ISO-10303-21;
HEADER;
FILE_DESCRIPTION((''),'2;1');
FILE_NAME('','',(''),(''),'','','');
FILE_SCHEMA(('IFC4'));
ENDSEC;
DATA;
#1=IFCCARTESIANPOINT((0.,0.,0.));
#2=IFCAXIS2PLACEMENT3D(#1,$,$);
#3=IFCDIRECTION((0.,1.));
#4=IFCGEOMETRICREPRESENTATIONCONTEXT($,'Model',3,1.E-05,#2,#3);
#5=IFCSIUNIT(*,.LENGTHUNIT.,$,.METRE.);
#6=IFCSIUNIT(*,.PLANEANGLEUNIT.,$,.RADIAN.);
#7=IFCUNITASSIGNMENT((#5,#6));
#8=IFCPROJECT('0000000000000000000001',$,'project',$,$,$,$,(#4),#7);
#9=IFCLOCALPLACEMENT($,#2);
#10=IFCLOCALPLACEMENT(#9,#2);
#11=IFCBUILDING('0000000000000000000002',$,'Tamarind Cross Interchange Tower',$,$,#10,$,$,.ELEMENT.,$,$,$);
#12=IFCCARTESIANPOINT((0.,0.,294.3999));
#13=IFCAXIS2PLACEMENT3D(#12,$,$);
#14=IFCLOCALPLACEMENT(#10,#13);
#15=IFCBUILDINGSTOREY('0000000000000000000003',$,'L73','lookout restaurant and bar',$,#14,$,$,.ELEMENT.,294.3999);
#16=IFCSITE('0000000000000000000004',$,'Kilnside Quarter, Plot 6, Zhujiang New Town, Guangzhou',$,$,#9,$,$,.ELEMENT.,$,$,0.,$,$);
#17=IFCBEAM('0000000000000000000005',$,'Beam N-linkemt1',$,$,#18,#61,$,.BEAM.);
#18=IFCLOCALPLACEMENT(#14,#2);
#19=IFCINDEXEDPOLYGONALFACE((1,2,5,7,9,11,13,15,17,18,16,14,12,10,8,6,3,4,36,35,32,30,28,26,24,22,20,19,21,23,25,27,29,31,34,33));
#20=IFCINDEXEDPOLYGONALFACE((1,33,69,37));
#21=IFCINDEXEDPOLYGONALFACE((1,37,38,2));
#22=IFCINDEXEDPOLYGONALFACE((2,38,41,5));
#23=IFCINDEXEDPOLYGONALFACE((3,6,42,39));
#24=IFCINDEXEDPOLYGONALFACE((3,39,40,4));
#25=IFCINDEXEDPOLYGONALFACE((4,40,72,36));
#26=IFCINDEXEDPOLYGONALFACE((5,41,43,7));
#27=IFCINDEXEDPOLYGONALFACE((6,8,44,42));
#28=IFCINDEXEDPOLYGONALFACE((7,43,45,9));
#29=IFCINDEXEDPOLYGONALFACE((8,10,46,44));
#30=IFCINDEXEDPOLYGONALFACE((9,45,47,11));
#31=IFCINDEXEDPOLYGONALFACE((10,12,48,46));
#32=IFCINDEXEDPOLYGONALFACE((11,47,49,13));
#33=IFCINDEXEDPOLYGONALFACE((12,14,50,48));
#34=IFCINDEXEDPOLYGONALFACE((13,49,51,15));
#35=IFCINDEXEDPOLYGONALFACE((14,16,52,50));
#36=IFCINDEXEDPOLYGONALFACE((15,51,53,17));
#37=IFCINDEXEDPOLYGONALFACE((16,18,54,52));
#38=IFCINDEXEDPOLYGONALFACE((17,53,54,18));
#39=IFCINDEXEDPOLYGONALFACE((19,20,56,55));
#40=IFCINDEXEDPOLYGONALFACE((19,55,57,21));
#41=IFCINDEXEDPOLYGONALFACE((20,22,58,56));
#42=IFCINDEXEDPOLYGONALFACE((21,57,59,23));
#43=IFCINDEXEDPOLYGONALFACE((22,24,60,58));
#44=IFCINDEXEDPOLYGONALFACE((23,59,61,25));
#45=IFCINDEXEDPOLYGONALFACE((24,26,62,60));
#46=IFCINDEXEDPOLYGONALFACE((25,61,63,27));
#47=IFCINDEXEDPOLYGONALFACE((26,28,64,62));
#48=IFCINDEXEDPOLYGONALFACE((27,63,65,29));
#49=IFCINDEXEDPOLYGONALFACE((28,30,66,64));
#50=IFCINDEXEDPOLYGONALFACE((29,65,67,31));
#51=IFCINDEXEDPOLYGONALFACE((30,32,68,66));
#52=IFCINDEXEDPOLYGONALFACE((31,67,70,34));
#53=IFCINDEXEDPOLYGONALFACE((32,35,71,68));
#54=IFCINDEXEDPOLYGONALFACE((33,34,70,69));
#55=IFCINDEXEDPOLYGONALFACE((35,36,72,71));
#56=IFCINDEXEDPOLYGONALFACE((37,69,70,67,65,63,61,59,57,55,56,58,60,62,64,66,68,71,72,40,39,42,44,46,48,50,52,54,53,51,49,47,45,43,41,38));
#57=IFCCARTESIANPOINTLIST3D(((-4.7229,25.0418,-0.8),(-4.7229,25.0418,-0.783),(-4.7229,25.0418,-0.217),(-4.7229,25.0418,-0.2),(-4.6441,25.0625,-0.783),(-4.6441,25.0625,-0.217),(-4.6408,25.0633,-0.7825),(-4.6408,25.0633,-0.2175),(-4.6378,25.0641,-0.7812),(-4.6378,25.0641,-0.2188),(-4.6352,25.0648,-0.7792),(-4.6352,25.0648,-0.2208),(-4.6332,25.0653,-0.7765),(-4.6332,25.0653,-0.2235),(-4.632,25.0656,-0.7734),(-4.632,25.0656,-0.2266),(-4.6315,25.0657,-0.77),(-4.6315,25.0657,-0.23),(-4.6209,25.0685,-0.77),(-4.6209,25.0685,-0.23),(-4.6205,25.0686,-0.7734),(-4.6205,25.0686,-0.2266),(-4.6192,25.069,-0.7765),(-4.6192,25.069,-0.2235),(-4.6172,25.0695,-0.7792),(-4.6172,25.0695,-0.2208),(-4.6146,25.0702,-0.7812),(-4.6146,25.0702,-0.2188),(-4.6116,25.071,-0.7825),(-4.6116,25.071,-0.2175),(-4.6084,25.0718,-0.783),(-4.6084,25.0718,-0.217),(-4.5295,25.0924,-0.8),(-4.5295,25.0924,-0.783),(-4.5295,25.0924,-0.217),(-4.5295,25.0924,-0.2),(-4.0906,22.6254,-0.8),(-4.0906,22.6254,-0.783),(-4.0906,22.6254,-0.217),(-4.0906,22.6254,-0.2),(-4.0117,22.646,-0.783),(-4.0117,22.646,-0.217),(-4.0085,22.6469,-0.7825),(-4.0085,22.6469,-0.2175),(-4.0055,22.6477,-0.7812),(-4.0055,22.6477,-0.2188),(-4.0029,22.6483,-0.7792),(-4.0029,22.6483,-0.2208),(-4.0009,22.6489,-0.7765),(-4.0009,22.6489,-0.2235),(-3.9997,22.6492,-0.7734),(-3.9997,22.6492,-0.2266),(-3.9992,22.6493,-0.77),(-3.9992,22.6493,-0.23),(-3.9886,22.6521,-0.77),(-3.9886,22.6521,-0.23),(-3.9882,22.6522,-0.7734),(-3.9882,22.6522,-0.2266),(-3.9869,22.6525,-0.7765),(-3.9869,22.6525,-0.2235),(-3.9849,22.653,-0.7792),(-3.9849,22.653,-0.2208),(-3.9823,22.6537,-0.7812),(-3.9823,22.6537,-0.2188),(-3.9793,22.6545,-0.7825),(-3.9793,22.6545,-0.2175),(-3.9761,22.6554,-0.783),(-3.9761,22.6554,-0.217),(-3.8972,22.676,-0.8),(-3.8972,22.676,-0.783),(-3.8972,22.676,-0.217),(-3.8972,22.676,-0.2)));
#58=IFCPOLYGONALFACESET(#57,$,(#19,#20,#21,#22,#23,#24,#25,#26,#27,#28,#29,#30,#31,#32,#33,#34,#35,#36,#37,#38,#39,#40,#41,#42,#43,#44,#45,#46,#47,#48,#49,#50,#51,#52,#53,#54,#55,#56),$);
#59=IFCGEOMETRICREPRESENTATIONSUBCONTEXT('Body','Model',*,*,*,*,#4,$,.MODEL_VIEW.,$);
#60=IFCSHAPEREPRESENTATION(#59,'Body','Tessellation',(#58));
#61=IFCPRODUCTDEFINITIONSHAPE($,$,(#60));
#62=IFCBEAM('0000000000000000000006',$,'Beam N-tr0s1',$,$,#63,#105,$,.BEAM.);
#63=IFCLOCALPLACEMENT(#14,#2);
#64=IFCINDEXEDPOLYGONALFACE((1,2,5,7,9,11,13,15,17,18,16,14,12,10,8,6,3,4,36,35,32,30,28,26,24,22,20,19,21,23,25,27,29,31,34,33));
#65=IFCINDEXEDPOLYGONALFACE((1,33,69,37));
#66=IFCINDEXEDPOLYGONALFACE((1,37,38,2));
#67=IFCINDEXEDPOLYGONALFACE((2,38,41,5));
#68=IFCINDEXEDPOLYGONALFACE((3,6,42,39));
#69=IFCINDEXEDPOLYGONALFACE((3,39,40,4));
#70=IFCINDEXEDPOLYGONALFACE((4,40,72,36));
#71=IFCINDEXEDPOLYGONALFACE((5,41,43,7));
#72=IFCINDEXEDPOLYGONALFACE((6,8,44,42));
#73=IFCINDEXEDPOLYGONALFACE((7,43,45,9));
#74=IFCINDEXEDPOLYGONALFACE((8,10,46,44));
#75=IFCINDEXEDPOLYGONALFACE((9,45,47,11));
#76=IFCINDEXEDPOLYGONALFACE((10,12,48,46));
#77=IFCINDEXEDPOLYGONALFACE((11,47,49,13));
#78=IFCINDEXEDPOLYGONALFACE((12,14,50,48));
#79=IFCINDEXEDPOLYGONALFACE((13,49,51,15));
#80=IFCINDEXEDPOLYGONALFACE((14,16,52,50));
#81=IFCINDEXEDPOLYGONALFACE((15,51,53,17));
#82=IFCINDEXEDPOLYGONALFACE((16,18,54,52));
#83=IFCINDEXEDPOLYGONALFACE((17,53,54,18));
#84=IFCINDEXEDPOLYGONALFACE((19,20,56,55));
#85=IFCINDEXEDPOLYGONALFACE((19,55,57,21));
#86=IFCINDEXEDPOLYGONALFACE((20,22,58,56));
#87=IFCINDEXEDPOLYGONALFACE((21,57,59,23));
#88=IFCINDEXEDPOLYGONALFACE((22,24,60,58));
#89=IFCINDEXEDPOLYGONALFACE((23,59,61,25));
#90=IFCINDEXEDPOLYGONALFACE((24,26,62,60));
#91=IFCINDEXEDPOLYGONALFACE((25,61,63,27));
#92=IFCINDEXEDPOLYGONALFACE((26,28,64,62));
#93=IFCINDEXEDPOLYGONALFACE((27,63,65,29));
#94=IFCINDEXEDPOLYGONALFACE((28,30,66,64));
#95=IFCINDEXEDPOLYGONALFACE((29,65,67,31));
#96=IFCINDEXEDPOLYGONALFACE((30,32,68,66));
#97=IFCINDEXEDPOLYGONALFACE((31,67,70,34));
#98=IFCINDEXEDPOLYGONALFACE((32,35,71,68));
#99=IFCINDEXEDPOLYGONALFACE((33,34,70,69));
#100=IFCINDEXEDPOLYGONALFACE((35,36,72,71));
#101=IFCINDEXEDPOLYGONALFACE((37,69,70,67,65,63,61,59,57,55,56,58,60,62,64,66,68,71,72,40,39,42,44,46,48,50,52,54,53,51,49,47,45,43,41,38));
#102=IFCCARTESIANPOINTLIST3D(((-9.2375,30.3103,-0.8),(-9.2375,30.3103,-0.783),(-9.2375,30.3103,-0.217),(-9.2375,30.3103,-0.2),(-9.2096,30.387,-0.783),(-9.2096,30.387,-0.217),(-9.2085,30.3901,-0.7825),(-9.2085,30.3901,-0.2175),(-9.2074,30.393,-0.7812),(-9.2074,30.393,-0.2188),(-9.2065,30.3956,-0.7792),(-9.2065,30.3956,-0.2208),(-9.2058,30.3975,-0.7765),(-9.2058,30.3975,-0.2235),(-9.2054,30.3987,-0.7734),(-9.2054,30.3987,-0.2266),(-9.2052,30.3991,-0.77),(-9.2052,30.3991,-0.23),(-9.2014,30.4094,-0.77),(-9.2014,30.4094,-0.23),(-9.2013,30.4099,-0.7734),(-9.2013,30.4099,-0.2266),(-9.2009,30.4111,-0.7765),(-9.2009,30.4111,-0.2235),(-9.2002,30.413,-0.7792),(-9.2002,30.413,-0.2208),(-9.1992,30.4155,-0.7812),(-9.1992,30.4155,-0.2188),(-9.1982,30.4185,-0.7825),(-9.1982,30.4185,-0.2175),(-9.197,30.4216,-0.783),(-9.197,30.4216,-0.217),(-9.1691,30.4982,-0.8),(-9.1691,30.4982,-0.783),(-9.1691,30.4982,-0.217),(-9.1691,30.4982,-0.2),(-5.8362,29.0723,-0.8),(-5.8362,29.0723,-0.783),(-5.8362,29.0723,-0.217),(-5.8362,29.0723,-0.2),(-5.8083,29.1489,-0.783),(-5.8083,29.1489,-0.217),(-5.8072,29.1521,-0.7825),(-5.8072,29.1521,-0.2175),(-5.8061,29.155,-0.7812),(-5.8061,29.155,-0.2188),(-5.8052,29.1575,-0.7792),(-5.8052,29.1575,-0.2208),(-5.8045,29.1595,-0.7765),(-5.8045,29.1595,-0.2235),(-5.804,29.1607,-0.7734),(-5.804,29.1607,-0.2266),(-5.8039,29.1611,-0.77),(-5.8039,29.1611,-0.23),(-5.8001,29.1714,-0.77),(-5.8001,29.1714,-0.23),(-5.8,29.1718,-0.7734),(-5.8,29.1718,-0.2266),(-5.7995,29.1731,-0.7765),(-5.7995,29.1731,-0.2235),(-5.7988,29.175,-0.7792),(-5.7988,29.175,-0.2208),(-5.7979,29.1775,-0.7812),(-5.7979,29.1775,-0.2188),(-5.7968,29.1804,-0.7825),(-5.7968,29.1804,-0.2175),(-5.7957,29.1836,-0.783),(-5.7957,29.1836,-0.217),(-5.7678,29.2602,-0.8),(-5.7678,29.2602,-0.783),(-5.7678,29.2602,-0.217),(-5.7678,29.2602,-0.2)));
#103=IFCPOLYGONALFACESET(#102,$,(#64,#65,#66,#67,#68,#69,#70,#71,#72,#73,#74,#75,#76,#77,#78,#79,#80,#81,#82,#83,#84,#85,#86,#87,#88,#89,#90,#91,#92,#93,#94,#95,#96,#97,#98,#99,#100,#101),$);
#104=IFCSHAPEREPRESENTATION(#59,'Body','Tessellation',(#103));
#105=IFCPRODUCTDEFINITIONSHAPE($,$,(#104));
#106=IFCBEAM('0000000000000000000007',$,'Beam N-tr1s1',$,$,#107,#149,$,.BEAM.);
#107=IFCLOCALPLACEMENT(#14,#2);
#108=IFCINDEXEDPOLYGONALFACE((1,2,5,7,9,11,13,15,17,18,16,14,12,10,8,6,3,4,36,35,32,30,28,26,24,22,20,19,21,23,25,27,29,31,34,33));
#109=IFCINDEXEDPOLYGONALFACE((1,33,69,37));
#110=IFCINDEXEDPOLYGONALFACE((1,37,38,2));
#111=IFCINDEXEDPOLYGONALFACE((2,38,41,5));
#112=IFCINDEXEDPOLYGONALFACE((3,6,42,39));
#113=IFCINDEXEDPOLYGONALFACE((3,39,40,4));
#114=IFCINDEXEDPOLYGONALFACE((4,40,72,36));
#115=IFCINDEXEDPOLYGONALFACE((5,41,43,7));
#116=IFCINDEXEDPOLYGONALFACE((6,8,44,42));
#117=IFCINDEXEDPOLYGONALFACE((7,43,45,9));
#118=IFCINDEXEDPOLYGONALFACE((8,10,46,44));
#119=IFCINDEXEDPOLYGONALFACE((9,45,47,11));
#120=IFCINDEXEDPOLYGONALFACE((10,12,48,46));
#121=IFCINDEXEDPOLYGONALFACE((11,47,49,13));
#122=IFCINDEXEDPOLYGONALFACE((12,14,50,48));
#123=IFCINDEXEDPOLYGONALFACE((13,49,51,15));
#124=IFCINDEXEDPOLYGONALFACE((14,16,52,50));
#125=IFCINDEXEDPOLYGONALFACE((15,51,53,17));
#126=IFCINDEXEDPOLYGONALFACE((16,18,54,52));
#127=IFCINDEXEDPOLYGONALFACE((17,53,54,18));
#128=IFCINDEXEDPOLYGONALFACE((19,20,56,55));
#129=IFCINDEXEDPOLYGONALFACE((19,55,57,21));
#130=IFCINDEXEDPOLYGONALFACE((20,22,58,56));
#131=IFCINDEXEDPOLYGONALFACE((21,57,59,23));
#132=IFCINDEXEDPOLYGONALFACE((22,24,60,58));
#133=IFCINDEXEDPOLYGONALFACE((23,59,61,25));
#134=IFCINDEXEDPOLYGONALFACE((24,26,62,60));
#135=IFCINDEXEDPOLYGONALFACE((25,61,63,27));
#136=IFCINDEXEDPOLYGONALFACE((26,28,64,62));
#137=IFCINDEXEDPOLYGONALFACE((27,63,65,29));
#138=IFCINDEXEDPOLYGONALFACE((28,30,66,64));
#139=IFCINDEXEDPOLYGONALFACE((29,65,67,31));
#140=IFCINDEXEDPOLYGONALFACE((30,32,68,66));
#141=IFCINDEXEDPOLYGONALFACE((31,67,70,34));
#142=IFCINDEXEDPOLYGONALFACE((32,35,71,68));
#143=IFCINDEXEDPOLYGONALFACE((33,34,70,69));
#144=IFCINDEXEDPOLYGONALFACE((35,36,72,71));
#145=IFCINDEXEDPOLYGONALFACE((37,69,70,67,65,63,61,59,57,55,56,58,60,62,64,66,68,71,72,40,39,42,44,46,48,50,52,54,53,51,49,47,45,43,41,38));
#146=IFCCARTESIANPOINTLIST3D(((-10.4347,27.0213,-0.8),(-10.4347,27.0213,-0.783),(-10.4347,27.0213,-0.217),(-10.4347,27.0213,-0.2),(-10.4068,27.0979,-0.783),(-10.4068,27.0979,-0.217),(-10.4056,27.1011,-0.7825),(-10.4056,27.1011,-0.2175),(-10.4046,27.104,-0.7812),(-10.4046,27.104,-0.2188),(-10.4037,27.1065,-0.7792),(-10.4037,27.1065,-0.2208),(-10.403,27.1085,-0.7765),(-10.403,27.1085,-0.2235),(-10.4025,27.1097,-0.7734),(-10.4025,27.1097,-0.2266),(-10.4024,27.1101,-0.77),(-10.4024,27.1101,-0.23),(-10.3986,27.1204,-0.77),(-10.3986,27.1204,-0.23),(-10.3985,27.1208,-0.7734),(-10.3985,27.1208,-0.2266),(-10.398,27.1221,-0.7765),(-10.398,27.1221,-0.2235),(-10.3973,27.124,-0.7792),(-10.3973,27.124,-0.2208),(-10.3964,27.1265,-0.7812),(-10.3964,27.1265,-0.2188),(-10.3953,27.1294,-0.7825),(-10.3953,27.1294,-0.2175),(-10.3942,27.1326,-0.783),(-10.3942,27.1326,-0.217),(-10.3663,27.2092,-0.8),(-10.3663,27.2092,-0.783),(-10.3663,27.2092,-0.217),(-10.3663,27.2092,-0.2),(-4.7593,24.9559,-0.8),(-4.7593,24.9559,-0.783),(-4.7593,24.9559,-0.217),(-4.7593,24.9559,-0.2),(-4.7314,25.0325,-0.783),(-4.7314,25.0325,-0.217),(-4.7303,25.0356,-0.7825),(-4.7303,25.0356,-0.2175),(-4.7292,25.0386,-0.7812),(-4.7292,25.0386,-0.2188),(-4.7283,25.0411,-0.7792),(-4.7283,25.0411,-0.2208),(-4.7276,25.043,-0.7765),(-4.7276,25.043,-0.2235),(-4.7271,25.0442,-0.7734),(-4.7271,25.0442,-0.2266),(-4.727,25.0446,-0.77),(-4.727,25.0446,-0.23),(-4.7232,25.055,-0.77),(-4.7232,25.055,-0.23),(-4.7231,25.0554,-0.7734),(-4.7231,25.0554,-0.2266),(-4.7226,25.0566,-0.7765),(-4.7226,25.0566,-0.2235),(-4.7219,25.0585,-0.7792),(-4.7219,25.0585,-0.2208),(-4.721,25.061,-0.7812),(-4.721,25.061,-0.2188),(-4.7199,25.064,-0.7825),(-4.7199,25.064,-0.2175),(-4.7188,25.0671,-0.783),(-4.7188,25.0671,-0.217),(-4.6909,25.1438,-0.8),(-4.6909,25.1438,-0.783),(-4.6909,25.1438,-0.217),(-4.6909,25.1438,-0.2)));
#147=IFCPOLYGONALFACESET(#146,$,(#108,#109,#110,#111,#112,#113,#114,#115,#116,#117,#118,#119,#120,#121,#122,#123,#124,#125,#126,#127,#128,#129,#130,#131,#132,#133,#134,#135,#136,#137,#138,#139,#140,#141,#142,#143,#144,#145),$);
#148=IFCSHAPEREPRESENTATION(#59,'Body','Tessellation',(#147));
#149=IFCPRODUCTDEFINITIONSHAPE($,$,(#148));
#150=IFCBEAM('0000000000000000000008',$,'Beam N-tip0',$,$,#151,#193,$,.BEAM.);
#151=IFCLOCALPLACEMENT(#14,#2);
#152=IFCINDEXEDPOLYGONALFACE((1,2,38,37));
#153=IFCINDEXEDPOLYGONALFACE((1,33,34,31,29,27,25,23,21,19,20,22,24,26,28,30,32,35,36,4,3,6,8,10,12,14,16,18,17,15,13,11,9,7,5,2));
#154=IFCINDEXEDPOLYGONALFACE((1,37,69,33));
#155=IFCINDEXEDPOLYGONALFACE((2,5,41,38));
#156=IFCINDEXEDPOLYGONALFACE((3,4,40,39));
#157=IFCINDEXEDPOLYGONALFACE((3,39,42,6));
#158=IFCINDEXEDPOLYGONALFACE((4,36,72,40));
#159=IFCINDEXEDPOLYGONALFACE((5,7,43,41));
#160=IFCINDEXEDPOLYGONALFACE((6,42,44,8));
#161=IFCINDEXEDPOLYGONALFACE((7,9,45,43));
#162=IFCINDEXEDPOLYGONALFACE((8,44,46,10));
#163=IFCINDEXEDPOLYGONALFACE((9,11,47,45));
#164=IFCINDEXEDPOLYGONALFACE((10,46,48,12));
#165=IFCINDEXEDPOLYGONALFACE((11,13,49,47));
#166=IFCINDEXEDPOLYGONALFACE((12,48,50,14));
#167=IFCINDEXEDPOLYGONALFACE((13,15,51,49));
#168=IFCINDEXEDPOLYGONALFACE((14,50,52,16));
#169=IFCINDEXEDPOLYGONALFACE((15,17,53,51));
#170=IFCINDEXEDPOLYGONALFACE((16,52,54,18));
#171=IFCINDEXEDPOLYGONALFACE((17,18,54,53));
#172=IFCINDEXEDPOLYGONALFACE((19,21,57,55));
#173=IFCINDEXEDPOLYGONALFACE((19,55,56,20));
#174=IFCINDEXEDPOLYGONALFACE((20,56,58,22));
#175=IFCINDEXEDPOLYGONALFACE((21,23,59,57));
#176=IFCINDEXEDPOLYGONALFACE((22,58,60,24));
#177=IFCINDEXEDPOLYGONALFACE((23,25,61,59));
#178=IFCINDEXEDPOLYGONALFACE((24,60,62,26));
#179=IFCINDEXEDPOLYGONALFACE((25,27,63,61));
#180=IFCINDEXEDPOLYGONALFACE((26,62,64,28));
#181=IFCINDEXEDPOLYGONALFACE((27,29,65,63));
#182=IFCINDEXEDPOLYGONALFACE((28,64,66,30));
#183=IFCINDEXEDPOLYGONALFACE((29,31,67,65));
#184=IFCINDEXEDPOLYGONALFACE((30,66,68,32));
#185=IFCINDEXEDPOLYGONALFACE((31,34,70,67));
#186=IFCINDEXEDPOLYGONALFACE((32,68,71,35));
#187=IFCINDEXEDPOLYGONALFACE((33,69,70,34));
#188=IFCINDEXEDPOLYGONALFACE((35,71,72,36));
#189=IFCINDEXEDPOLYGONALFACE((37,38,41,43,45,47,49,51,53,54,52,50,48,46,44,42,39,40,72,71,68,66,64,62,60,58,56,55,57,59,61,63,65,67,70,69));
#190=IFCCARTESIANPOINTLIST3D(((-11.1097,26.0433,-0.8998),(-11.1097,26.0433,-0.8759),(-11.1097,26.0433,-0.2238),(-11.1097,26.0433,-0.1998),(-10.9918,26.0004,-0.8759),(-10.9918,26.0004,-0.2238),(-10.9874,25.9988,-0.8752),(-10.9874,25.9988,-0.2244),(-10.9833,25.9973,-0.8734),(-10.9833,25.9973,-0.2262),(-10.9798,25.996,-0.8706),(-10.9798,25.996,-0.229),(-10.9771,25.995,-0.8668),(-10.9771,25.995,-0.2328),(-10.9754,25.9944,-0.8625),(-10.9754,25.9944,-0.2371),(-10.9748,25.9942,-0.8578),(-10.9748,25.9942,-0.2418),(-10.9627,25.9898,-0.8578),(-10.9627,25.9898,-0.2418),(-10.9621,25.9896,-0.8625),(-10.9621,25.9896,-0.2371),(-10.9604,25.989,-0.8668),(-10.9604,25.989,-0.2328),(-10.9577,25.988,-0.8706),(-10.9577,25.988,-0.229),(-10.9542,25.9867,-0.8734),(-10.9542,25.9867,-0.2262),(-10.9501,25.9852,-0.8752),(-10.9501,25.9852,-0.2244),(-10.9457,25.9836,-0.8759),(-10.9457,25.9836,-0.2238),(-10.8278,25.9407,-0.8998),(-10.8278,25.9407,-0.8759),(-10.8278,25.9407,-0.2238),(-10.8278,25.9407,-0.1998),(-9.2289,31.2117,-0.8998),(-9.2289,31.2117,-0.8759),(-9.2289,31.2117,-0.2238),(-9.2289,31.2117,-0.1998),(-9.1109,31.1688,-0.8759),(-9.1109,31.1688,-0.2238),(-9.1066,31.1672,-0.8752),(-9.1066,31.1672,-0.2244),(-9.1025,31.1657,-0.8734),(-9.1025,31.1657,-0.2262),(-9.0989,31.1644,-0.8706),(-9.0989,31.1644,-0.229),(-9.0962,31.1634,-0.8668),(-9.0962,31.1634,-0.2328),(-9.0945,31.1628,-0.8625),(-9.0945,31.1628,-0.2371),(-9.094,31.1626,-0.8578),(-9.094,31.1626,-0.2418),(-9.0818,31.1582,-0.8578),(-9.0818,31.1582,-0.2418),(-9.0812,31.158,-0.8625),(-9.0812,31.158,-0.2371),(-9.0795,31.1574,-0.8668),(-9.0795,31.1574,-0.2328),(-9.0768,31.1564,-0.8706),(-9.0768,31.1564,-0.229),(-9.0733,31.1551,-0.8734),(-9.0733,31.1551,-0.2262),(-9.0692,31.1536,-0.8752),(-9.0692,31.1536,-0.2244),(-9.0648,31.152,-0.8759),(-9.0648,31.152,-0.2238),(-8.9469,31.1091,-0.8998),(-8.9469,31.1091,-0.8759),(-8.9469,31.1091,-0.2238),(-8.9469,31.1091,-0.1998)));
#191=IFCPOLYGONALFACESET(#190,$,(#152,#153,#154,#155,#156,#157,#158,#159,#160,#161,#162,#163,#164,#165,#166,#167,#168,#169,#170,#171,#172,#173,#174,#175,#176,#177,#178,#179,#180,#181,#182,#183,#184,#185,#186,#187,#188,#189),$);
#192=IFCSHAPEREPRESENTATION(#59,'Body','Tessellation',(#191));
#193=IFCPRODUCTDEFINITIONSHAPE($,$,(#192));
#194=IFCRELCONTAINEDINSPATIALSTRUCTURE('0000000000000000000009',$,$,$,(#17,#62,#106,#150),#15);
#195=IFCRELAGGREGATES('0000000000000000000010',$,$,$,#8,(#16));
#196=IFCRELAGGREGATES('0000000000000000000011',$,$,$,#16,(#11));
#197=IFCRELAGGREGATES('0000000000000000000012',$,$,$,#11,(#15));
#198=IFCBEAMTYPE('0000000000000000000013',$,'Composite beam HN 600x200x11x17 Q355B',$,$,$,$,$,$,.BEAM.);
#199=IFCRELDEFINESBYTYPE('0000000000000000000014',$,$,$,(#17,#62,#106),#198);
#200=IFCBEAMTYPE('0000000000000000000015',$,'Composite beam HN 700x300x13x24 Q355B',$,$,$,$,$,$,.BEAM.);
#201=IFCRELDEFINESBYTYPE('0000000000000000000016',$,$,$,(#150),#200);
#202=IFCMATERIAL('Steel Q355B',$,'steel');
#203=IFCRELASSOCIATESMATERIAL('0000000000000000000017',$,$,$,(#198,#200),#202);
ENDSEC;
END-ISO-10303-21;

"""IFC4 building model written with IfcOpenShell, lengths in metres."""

from ifc_helpers import new_model, si_unit, direction, frame, origin, origin_2d, place, context, subcontext, project, spatial, i_section, extrude, material, material_profile, profile_set, type_object, element, save


model = new_model("IFC4")

# Units and contexts
model_context = context("Model", 3, precision=1e-05, world=origin(), true_north=direction((0.0, 1.0)))
body_context = subcontext(model_context, "Body", "Model", "MODEL_VIEW")
ifc_project = project(units=[si_unit("LENGTHUNIT", "METRE"), si_unit("PLANEANGLEUNIT", "RADIAN")], contexts=[model_context])

# Site, building, storey
site_placement = place(None, origin())
site = spatial("IfcSite", under=ifc_project, at=site_placement, Name="Kilnside Quarter, Plot 6, Zhujiang New Town, Guangzhou", CompositionType="ELEMENT", RefElevation=0.0)
building_placement = place(site_placement, origin())
building = spatial("IfcBuilding", under=site, at=building_placement, Name="Tamarind Cross Interchange Tower", CompositionType="ELEMENT")
storey_placement = place(building_placement, frame((0.0, 0.0, 294.3999)))
storey = spatial("IfcBuildingStorey", under=building, at=storey_placement, Name="L73", Description="lookout restaurant and bar", CompositionType="ELEMENT", Elevation=294.3999)

# Beams
ifc_material_1 = material(Name="Steel Q355B", Category="steel")
ifc_material_profile_1 = material_profile(ifc_material_1, i_section(OverallWidth=0.2, OverallDepth=0.6001, WebThickness=0.011, FlangeThickness=0.0171, FilletRadius=0.0129, at=origin_2d()), Name="HN 600x200x11x17")
ifc_profile_set_1 = profile_set([ifc_material_profile_1], Name="Steel Q355B")
beam_type_1 = type_object("IfcBeamType", Name="Composite beam HN 600x200x11x17 Q355B", PredefinedType="BEAM", material=ifc_profile_set_1)
beam_1_placement = place(storey_placement, frame((-4.6262, 25.0671, -0.5), z_axis=(0.253146, -0.967428, 0.0), x_axis=(0.967428, 0.253146, 0.0)))
element("IfcBeam", 1, at=beam_1_placement, inside=storey, type_object=beam_type_1, Name="Beam N-linkemt1", PredefinedType="BEAM", context=body_context, shape_type="SweptSolid", body=[
    extrude(i_section(OverallWidth=0.2, OverallDepth=0.6001, WebThickness=0.011, FlangeThickness=0.0171, FilletRadius=0.0129, at=origin_2d()), origin(), (0.0, 0.0, 1.0), 2.4978),
])
beam_2_placement = place(storey_placement, frame((-5.802, 29.1663, -0.5), z_axis=(-0.939689, 0.34203, 0.0), x_axis=(-0.34203, -0.939689, 0.0)))
element("IfcBeam", 2, at=beam_2_placement, inside=storey, type_object=beam_type_1, Name="Beam N-tr0s1", PredefinedType="BEAM", context=body_context, shape_type="SweptSolid", body=[
    extrude(i_section(OverallWidth=0.2, OverallDepth=0.6001, WebThickness=0.011, FlangeThickness=0.0171, FilletRadius=0.0129, at=origin_2d()), origin(), (0.0, 0.0, 1.0), 3.6196),
])
beam_3_placement = place(storey_placement, frame((-4.7251, 25.0498, -0.5), z_axis=(-0.939704, 0.34199, 0.0), x_axis=(-0.34199, -0.939704, 0.0)))
element("IfcBeam", 3, at=beam_3_placement, inside=storey, type_object=beam_type_1, Name="Beam N-tr1s1", PredefinedType="BEAM", context=body_context, shape_type="SweptSolid", body=[
    extrude(i_section(OverallWidth=0.2, OverallDepth=0.6001, WebThickness=0.011, FlangeThickness=0.0171, FilletRadius=0.0129, at=origin_2d()), origin(), (0.0, 0.0, 1.0), 6.0396),
])
ifc_material_profile_2 = material_profile(ifc_material_1, i_section(OverallWidth=0.3, OverallDepth=0.7, WebThickness=0.0129, FlangeThickness=0.0239, FilletRadius=0.0181, at=origin_2d()), Name="HN 700x300x13x24")
ifc_profile_set_2 = profile_set([ifc_material_profile_2], Name="Steel Q355B")
beam_type_2 = type_object("IfcBeamType", Name="Composite beam HN 700x300x13x24 Q355B", PredefinedType="BEAM", material=ifc_profile_set_2)
beam_4_placement = place(storey_placement, frame((-9.0879, 31.1604, -0.5498), z_axis=(-0.341971, -0.93971, 0.0), x_axis=(0.93971, -0.341971, 0.0)))
element("IfcBeam", 4, at=beam_4_placement, inside=storey, type_object=beam_type_2, Name="Beam N-tip0", PredefinedType="BEAM", context=body_context, shape_type="SweptSolid", body=[
    extrude(i_section(OverallWidth=0.3, OverallDepth=0.7, WebThickness=0.0129, FlangeThickness=0.0239, FilletRadius=0.0181, at=origin_2d()), origin(), (0.0, 0.0, 1.0), 5.5),
])

save(model, "model.ifc")
